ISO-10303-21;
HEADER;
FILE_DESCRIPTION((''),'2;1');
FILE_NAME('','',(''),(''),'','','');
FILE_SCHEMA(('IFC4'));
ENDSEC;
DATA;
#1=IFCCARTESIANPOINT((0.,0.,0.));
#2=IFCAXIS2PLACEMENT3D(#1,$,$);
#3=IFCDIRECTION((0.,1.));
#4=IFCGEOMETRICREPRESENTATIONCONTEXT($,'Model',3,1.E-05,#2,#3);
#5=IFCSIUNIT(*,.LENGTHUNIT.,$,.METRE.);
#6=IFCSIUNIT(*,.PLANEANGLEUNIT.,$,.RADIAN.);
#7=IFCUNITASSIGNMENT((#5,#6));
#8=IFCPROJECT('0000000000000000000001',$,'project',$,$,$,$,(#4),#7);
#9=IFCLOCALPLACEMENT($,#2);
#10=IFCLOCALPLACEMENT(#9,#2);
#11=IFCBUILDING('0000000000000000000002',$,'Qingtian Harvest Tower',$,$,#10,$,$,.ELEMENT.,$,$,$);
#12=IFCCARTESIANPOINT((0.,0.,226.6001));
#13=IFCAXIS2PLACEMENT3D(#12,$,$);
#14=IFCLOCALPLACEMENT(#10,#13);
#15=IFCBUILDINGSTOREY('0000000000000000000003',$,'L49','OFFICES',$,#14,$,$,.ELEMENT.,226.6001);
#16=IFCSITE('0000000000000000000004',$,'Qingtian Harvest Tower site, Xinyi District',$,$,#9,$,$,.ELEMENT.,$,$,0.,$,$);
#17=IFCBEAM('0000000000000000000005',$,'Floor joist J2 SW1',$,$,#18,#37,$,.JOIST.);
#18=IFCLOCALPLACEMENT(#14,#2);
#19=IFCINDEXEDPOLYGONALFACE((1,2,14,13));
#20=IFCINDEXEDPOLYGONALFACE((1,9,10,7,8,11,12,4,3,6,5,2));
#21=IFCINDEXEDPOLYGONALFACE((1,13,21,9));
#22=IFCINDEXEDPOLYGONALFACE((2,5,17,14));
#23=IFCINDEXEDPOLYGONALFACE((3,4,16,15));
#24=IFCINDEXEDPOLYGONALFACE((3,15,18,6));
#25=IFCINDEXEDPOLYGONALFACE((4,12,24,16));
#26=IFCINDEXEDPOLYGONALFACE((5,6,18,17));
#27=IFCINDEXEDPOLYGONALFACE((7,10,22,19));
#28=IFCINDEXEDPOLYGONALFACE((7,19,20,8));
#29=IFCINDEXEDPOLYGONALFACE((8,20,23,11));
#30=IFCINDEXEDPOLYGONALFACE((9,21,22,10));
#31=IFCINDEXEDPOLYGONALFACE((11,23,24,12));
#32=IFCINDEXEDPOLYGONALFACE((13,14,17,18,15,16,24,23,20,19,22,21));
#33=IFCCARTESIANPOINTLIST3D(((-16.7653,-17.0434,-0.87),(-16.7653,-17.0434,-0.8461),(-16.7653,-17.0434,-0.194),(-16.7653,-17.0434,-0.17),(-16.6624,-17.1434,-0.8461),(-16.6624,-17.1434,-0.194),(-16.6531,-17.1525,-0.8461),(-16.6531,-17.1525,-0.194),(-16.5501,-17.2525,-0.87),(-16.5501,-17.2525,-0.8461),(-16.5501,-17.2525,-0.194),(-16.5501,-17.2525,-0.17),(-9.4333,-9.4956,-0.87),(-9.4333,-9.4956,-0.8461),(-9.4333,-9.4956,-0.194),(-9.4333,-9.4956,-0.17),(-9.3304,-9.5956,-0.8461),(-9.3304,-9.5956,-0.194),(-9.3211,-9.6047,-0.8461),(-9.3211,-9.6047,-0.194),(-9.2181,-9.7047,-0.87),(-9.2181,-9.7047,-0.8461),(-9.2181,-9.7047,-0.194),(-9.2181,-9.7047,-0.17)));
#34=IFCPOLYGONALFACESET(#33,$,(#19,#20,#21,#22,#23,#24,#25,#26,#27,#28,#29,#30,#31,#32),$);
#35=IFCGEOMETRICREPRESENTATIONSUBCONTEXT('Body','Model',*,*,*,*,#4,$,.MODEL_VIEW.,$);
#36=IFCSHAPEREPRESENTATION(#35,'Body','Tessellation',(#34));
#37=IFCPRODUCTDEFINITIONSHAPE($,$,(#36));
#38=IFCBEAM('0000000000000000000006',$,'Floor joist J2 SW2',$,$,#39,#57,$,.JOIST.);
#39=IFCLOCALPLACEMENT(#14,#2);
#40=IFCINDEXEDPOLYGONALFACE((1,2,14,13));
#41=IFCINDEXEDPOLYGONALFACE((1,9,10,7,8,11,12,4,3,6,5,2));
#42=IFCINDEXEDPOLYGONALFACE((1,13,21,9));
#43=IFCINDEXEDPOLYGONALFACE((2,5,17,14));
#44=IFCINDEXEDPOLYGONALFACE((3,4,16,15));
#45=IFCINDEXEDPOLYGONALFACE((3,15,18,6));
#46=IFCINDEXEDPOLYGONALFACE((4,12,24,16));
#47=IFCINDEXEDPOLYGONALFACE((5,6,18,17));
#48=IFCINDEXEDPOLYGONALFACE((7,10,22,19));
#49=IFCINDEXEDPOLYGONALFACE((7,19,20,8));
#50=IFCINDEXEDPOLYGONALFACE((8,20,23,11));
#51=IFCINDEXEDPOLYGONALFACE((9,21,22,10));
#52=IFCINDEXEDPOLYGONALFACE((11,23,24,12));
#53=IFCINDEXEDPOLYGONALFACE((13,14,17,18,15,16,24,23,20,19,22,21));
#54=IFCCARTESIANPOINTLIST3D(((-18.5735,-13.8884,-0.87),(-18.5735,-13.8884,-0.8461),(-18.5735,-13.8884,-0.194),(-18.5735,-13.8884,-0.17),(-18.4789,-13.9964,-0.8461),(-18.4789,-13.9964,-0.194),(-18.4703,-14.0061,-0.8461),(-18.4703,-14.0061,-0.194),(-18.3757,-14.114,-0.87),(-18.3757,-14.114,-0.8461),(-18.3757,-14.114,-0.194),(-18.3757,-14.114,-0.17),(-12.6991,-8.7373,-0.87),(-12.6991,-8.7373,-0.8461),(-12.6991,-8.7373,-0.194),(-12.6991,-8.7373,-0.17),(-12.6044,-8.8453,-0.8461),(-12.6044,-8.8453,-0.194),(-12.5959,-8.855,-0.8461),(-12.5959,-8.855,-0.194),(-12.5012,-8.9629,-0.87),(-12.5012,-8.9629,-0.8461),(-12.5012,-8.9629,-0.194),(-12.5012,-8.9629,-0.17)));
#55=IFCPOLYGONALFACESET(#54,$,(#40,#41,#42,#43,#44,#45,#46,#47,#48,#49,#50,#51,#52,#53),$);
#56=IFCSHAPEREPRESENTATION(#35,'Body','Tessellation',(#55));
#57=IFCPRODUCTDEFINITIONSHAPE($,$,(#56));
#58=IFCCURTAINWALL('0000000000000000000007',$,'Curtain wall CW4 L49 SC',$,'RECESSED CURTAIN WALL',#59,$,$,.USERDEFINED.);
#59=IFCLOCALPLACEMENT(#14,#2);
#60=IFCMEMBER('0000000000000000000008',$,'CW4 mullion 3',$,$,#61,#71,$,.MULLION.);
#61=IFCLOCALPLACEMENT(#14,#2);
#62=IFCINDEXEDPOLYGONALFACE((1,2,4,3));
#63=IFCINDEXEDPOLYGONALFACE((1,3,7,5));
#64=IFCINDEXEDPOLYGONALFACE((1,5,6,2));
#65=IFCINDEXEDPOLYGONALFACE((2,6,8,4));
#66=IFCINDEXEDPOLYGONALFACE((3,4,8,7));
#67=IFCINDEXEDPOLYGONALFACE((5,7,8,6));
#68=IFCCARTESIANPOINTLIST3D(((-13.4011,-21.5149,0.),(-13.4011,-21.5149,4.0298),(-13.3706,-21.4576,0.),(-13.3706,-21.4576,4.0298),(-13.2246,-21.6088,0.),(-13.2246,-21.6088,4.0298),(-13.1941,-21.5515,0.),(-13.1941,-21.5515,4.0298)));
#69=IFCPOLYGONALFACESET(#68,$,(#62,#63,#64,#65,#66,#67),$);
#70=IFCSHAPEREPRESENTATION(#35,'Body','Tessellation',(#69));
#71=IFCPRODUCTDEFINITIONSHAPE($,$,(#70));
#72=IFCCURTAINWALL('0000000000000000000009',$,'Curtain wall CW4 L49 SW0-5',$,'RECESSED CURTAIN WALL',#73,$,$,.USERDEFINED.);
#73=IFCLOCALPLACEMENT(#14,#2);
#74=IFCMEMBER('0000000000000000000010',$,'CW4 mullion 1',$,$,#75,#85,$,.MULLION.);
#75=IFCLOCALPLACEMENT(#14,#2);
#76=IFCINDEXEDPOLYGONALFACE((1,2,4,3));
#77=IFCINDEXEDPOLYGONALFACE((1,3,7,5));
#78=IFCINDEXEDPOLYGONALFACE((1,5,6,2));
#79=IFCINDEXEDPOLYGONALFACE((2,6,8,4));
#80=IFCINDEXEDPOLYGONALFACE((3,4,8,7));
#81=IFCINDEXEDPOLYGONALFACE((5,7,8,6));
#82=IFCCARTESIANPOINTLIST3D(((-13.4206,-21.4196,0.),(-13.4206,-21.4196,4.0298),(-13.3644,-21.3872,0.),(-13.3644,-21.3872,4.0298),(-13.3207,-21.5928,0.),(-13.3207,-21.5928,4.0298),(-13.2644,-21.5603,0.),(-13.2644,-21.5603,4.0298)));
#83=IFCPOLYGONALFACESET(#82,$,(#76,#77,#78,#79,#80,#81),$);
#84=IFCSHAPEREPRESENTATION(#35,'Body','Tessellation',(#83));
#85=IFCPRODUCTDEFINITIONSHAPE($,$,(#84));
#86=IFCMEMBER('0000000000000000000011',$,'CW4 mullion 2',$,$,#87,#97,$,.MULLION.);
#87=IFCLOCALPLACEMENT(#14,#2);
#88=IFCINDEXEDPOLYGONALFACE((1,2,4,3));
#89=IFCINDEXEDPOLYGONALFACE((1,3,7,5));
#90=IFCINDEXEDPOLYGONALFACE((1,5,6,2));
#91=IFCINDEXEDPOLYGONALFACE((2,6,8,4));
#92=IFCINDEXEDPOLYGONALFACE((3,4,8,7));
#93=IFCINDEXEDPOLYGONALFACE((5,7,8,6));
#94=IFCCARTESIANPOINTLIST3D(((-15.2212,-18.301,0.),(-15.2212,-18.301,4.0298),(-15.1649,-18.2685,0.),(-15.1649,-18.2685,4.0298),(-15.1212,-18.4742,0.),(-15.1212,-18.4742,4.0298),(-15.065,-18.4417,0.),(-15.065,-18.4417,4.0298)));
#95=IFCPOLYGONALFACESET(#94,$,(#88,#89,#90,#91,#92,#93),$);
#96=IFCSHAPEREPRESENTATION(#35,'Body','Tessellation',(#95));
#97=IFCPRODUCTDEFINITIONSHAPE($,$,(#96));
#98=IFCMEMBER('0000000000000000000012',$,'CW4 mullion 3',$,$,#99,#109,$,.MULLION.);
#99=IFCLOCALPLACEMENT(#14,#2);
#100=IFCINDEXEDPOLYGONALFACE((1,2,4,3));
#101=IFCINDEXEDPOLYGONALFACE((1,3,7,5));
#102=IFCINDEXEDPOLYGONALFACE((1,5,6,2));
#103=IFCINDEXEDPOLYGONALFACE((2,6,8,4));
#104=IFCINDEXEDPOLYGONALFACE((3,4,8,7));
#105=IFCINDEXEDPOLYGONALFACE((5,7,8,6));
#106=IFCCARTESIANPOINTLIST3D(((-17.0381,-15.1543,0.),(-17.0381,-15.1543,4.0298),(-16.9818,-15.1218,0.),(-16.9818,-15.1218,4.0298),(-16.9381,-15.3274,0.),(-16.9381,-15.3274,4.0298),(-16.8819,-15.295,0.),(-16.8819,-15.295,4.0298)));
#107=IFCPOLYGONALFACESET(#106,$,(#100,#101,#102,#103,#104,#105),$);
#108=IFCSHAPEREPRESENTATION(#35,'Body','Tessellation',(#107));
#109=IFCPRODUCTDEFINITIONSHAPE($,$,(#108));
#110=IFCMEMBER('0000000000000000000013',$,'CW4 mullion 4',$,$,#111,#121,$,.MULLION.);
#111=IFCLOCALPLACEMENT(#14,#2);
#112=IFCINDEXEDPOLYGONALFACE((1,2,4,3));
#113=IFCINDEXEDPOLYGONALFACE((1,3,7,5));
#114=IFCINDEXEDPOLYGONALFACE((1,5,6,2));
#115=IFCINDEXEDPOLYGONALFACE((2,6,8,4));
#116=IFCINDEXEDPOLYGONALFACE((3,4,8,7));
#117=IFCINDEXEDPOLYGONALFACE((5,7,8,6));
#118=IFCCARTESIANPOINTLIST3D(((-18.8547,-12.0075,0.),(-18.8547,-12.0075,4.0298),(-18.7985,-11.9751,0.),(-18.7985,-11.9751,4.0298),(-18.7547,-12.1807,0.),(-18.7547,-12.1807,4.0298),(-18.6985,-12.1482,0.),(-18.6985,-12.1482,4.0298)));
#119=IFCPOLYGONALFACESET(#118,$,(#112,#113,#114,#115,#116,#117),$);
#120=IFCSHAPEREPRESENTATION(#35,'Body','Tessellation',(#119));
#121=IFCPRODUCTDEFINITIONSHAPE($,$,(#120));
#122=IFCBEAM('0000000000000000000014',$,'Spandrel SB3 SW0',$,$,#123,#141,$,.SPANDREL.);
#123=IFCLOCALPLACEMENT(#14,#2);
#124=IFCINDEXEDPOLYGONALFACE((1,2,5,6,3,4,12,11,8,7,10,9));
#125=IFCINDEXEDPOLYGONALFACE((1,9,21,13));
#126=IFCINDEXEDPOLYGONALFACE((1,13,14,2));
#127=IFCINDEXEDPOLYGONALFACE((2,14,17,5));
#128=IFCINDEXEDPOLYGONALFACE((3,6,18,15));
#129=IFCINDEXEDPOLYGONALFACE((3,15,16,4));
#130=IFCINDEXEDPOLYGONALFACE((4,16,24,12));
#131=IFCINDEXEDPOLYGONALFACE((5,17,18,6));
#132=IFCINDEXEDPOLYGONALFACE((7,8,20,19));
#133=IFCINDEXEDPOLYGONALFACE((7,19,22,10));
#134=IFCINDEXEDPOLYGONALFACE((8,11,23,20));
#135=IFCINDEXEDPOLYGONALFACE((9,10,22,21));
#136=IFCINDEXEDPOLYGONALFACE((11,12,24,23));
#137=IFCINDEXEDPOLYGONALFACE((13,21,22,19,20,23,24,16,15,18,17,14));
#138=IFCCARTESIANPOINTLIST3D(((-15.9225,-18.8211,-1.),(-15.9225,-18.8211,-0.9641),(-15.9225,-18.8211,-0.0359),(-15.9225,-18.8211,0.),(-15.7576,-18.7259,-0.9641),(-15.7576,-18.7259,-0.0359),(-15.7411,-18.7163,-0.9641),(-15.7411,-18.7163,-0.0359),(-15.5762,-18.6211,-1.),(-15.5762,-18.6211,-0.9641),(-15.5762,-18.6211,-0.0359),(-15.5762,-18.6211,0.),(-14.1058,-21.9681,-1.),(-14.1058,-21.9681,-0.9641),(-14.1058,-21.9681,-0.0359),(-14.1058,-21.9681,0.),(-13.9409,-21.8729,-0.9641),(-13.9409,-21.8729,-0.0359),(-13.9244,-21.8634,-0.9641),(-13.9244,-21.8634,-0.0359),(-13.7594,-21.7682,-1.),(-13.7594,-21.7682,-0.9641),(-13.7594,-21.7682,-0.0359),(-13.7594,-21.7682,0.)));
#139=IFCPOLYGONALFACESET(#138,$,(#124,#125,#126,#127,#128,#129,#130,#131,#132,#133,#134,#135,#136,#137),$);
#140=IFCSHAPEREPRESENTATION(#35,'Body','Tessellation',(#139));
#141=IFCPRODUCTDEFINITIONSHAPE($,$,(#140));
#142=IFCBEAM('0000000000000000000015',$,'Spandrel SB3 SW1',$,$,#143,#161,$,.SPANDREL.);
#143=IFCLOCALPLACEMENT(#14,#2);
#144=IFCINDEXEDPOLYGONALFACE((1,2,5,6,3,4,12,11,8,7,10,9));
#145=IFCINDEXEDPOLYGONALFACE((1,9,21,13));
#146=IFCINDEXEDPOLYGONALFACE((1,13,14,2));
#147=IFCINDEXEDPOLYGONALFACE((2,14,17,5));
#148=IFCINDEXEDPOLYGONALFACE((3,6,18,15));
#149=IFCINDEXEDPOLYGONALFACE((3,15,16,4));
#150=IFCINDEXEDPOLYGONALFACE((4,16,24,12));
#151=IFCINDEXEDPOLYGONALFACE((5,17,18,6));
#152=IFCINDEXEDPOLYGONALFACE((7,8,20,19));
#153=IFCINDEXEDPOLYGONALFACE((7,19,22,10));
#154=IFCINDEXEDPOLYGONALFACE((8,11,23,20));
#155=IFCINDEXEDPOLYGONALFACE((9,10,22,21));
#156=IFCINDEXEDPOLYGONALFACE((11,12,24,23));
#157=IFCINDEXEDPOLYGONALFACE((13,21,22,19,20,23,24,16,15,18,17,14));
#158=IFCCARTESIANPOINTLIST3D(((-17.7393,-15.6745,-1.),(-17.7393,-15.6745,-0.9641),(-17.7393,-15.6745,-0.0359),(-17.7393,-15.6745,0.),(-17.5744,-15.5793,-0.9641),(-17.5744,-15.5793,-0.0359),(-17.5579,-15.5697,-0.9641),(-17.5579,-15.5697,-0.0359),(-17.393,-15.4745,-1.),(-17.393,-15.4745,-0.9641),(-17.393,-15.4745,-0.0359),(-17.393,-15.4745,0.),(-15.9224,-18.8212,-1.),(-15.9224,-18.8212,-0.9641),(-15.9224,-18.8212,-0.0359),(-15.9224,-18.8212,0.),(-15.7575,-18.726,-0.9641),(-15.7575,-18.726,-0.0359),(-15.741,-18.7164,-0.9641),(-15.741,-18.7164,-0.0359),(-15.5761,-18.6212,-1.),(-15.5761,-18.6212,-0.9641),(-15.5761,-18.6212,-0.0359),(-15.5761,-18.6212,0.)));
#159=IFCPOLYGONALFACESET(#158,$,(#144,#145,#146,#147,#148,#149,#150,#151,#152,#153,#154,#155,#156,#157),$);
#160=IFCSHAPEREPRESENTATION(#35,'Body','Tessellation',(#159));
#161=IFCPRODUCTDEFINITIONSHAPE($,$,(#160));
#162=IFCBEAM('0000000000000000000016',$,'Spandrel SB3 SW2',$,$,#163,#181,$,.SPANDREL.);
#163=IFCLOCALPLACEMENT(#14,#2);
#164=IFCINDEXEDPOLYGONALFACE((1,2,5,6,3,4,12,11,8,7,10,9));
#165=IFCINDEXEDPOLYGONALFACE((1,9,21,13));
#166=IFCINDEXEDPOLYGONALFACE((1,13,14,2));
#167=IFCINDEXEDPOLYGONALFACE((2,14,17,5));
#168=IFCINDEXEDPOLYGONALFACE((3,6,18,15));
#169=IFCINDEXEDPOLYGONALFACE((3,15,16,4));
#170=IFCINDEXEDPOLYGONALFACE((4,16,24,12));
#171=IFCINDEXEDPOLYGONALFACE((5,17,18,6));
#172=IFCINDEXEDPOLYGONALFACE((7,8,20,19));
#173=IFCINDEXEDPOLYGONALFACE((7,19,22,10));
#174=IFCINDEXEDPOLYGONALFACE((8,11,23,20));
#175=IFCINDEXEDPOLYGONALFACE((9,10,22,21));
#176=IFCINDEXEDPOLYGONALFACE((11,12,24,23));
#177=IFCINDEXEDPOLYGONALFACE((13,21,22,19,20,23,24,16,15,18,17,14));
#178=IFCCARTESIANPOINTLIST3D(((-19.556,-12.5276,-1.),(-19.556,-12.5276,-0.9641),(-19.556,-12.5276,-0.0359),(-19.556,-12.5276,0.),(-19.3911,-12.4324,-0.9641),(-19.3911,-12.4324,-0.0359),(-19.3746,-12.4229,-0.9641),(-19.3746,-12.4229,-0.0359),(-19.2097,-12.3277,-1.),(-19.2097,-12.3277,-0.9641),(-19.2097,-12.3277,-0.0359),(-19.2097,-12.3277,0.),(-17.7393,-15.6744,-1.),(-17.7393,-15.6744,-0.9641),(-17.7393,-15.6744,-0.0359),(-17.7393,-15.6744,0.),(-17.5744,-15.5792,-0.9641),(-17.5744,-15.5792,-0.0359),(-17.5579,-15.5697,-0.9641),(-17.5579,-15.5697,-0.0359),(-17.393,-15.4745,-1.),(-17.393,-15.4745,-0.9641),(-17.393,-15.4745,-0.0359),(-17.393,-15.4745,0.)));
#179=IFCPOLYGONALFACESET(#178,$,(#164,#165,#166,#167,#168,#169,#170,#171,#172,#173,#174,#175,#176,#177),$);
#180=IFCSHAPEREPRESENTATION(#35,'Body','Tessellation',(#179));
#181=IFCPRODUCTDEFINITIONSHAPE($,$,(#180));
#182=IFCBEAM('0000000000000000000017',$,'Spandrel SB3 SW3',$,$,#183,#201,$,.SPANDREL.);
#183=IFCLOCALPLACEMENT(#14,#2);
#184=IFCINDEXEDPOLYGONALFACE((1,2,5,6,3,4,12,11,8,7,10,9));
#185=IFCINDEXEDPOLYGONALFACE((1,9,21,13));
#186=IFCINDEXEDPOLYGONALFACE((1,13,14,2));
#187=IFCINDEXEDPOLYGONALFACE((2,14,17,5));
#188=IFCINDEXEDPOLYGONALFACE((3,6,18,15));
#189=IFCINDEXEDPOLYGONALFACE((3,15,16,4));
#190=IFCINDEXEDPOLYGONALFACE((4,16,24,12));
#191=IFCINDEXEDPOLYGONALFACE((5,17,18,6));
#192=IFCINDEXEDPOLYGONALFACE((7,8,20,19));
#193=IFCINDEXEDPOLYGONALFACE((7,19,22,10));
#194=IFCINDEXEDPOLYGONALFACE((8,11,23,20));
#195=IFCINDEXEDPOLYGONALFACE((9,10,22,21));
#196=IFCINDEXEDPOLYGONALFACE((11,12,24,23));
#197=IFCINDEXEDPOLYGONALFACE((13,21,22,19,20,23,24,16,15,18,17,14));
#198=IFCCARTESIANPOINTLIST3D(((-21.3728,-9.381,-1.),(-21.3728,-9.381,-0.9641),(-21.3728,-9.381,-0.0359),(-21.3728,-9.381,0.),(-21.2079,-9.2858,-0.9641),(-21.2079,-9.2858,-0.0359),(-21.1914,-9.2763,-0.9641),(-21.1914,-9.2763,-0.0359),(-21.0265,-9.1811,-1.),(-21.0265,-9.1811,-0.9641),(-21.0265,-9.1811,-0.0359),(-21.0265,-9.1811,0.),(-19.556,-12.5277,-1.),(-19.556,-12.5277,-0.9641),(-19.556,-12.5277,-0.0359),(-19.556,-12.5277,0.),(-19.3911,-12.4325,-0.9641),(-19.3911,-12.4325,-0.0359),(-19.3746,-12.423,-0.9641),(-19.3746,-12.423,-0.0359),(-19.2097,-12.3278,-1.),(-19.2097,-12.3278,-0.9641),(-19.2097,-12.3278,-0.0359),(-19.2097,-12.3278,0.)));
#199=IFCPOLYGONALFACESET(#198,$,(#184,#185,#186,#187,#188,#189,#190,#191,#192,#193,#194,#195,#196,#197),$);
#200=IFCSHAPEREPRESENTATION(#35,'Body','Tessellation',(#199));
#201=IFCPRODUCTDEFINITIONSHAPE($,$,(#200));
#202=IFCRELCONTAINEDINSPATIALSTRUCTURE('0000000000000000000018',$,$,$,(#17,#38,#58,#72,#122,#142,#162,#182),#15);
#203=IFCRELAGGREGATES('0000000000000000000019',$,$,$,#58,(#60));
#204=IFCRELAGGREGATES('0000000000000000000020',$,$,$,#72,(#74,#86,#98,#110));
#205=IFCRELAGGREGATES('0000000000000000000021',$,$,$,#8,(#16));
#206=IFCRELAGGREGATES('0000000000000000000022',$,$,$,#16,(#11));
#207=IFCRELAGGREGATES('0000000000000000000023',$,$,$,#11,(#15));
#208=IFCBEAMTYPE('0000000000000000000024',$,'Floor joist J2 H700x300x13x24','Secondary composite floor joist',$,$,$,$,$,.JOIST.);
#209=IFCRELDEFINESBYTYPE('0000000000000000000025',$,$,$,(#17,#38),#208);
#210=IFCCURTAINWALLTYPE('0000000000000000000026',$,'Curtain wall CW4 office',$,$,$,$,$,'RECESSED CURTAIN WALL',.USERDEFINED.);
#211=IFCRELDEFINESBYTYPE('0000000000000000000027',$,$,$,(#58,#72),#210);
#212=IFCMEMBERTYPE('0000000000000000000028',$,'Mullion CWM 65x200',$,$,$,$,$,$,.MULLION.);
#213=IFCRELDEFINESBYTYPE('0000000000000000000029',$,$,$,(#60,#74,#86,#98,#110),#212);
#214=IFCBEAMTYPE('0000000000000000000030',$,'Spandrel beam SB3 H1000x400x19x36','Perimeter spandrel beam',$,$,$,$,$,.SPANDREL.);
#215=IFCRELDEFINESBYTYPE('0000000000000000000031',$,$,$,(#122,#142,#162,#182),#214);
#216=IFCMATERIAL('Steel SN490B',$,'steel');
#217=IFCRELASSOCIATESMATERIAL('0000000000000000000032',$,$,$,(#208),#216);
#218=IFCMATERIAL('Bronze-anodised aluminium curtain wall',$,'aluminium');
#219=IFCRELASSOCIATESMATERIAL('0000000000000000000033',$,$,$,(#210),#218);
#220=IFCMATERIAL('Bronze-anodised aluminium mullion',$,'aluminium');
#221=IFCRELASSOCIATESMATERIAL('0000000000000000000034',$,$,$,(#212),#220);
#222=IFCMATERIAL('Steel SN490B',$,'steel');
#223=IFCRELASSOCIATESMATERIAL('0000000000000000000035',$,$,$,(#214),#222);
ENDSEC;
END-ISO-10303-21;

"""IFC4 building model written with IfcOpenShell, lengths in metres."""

from ifc_helpers import new_model, si_unit, direction, frame, origin, origin_2d, place, context, subcontext, project, spatial, rectangle, i_section, extrude, material, material_profile, profile_set, type_object, element, aggregate, save


model = new_model("IFC4")

# Units and contexts
model_context = context("Model", 3, precision=1e-05, world=origin(), true_north=direction((0.0, 1.0)))
body_context = subcontext(model_context, "Body", "Model", "MODEL_VIEW")
ifc_project = project(units=[si_unit("LENGTHUNIT", "METRE"), si_unit("PLANEANGLEUNIT", "RADIAN")], contexts=[model_context])

# Site, building, storey
site_placement = place(None, origin())
site = spatial("IfcSite", under=ifc_project, at=site_placement, Name="Qingtian Harvest Tower site, Xinyi District", CompositionType="ELEMENT", RefElevation=0.0)
building_placement = place(site_placement, origin())
building = spatial("IfcBuilding", under=site, at=building_placement, Name="Qingtian Harvest Tower", CompositionType="ELEMENT")
storey_placement = place(building_placement, frame((0.0, 0.0, 226.6001)))
storey = spatial("IfcBuildingStorey", under=building, at=storey_placement, Name="L49", Description="OFFICES", CompositionType="ELEMENT", Elevation=226.6001)

# Beams
ifc_material_1 = material(Name="Steel SN490B", Category="steel")
ifc_material_profile_1 = material_profile(ifc_material_1, i_section(OverallWidth=0.3, OverallDepth=0.7, WebThickness=0.0129, FlangeThickness=0.0239, at=origin_2d()), Name="H700x300x13x24")
ifc_profile_set_1 = profile_set([ifc_material_profile_1], Name="Steel SN490B")
beam_type_1 = type_object("IfcBeamType", Name="Floor joist J2 H700x300x13x24", Description="Secondary composite floor joist", PredefinedType="JOIST", material=ifc_profile_set_1)
beam_1_placement = place(storey_placement, frame((-16.6577, -17.1479, -0.52), z_axis=(0.696777, 0.717287, 0.0), x_axis=(-0.717287, 0.696777, 0.0)))
element("IfcBeam", 1, at=beam_1_placement, inside=storey, type_object=beam_type_1, Name="Floor joist J2 SW1", PredefinedType="JOIST", context=body_context, shape_type="SweptSolid", body=[
    extrude(i_section(OverallWidth=0.3, OverallDepth=0.7, WebThickness=0.0129, FlangeThickness=0.0239, at=origin_2d()), origin(), (0.0, 0.0, 1.0), 10.5227),
])
beam_2_placement = place(storey_placement, frame((-18.4746, -14.0012, -0.52), z_axis=(0.751883, 0.659296, 0.0), x_axis=(-0.659296, 0.751883, 0.0)))
element("IfcBeam", 2, at=beam_2_placement, inside=storey, type_object=beam_type_1, Name="Floor joist J2 SW2", PredefinedType="JOIST", context=body_context, shape_type="SweptSolid", body=[
    extrude(i_section(OverallWidth=0.3, OverallDepth=0.7, WebThickness=0.0129, FlangeThickness=0.0239, at=origin_2d()), origin(), (0.0, 0.0, 1.0), 7.813),
])

# Curtain wall, member
ifc_material_2 = material(Name="Bronze-anodised aluminium curtain wall", Category="aluminium")
curtain_wall_type = type_object("IfcCurtainWallType", Name="Curtain wall CW4 office", ElementType="RECESSED CURTAIN WALL", PredefinedType="USERDEFINED", material=ifc_material_2)
curtain_wall_1_placement = place(storey_placement, origin())
curtain_wall_1 = element("IfcCurtainWall", 3, at=curtain_wall_1_placement, inside=storey, type_object=curtain_wall_type, Name="Curtain wall CW4 L49 SC", ObjectType="RECESSED CURTAIN WALL", PredefinedType="USERDEFINED")
ifc_material_3 = material(Name="Bronze-anodised aluminium mullion", Category="aluminium")
ifc_material_profile_2 = material_profile(ifc_material_3, rectangle(XDim=0.0649, YDim=0.2, at=origin_2d()), Name="AL 65x200")
ifc_profile_set_2 = profile_set([ifc_material_profile_2], Name="Bronze-anodised aluminium mullion")
member_type_1 = type_object("IfcMemberType", Name="Mullion CWM 65x200", PredefinedType="MULLION", material=ifc_profile_set_2)
member_1_placement = place(storey_placement, frame((-13.2976, -21.5332, 0.0), z_axis=(0.0, 0.0, 1.0), x_axis=(-0.469472, -0.882948, 0.0)))
member_1 = element("IfcMember", 4, at=member_1_placement, type_object=member_type_1, Name="CW4 mullion 3", PredefinedType="MULLION", context=body_context, shape_type="SweptSolid", body=[
    extrude(rectangle(XDim=0.0649, YDim=0.2, at=origin_2d()), origin(), (0.0, 0.0, 1.0), 4.0298),
])

# Curtain wall, members
curtain_wall_2_placement = place(storey_placement, origin())
curtain_wall_2 = element("IfcCurtainWall", 5, at=curtain_wall_2_placement, inside=storey, type_object=curtain_wall_type, Name="Curtain wall CW4 L49 SW0-5", ObjectType="RECESSED CURTAIN WALL", PredefinedType="USERDEFINED")
member_2_placement = place(storey_placement, frame((-13.3425, -21.49, 0.0), z_axis=(0.0, 0.0, 1.0), x_axis=(-0.866025, -0.5, 0.0)))
member_2 = element("IfcMember", 6, at=member_2_placement, type_object=member_type_1, Name="CW4 mullion 1", PredefinedType="MULLION", context=body_context, shape_type="SweptSolid", body=[
    extrude(rectangle(XDim=0.0649, YDim=0.2, at=origin_2d()), origin(), (0.0, 0.0, 1.0), 4.0298),
])
member_3_placement = place(storey_placement, frame((-15.1431, -18.3713, 0.0), z_axis=(0.0, 0.0, 1.0), x_axis=(-0.866025, -0.5, 0.0)))
member_3 = element("IfcMember", 7, at=member_3_placement, type_object=member_type_1, Name="CW4 mullion 2", PredefinedType="MULLION", context=body_context, shape_type="SweptSolid", body=[
    extrude(rectangle(XDim=0.0649, YDim=0.2, at=origin_2d()), origin(), (0.0, 0.0, 1.0), 4.0298),
])
member_4_placement = place(storey_placement, frame((-16.96, -15.2246, 0.0), z_axis=(0.0, 0.0, 1.0), x_axis=(-0.866025, -0.5, 0.0)))
member_4 = element("IfcMember", 8, at=member_4_placement, type_object=member_type_1, Name="CW4 mullion 3", PredefinedType="MULLION", context=body_context, shape_type="SweptSolid", body=[
    extrude(rectangle(XDim=0.0649, YDim=0.2, at=origin_2d()), origin(), (0.0, 0.0, 1.0), 4.0298),
])
member_5_placement = place(storey_placement, frame((-18.7766, -12.0779, 0.0), z_axis=(0.0, 0.0, 1.0), x_axis=(-0.866025, -0.5, 0.0)))
member_5 = element("IfcMember", 9, at=member_5_placement, type_object=member_type_1, Name="CW4 mullion 4", PredefinedType="MULLION", context=body_context, shape_type="SweptSolid", body=[
    extrude(rectangle(XDim=0.0649, YDim=0.2, at=origin_2d()), origin(), (0.0, 0.0, 1.0), 4.0298),
])

# Beams
ifc_material_4 = material(Name="Steel SN490B", Category="steel")
ifc_material_profile_3 = material_profile(ifc_material_4, i_section(OverallWidth=0.3999, OverallDepth=1.0, WebThickness=0.019, FlangeThickness=0.0359, at=origin_2d()), Name="H1000x400x19x36")
ifc_profile_set_3 = profile_set([ifc_material_profile_3], Name="Steel SN490B")
beam_type_2 = type_object("IfcBeamType", Name="Spandrel beam SB3 H1000x400x19x36", Description="Perimeter spandrel beam", PredefinedType="SPANDREL", material=ifc_profile_set_3)
beam_3_placement = place(storey_placement, frame((-13.9326, -21.8682, -0.5), z_axis=(-0.499947, 0.866056, 0.0), x_axis=(-0.866056, -0.499947, 0.0)))
element("IfcBeam", 10, at=beam_3_placement, inside=storey, type_object=beam_type_2, Name="Spandrel SB3 SW0", PredefinedType="SPANDREL", context=body_context, shape_type="SweptSolid", body=[
    extrude(i_section(OverallWidth=0.3999, OverallDepth=1.0, WebThickness=0.019, FlangeThickness=0.0359, at=origin_2d()), origin(), (0.0, 0.0, 1.0), 3.6338),
])
for number, where, z_axis, x_axis, name in (
    (11, (-15.7493, -18.7212, -0.5), (-0.500027, 0.86601, 0.0), (-0.86601, -0.500027, 0.0), "Spandrel SB3 SW1"),
    (12, (-17.5662, -15.5745, -0.5), (-0.499976, 0.866039, 0.0), (-0.866039, -0.499976, 0.0), "Spandrel SB3 SW2"),
    (13, (-19.3828, -12.4277, -0.5), (-0.500027, 0.86601, 0.0), (-0.86601, -0.500027, 0.0), "Spandrel SB3 SW3"),
):
    element("IfcBeam", number, at=place(storey_placement, frame(where, z_axis=z_axis, x_axis=x_axis)), inside=storey, type_object=beam_type_2, Name=name, PredefinedType="SPANDREL", context=body_context, shape_type="SweptSolid", body=[
        extrude(i_section(OverallWidth=0.3999, OverallDepth=1.0, WebThickness=0.019, FlangeThickness=0.0359, at=origin_2d()), origin(), (0.0, 0.0, 1.0), 3.6335),
    ])

aggregate(curtain_wall_1, [member_1])
aggregate(curtain_wall_2, [member_2, member_3, member_4, member_5])

save(model, "model.ifc")
